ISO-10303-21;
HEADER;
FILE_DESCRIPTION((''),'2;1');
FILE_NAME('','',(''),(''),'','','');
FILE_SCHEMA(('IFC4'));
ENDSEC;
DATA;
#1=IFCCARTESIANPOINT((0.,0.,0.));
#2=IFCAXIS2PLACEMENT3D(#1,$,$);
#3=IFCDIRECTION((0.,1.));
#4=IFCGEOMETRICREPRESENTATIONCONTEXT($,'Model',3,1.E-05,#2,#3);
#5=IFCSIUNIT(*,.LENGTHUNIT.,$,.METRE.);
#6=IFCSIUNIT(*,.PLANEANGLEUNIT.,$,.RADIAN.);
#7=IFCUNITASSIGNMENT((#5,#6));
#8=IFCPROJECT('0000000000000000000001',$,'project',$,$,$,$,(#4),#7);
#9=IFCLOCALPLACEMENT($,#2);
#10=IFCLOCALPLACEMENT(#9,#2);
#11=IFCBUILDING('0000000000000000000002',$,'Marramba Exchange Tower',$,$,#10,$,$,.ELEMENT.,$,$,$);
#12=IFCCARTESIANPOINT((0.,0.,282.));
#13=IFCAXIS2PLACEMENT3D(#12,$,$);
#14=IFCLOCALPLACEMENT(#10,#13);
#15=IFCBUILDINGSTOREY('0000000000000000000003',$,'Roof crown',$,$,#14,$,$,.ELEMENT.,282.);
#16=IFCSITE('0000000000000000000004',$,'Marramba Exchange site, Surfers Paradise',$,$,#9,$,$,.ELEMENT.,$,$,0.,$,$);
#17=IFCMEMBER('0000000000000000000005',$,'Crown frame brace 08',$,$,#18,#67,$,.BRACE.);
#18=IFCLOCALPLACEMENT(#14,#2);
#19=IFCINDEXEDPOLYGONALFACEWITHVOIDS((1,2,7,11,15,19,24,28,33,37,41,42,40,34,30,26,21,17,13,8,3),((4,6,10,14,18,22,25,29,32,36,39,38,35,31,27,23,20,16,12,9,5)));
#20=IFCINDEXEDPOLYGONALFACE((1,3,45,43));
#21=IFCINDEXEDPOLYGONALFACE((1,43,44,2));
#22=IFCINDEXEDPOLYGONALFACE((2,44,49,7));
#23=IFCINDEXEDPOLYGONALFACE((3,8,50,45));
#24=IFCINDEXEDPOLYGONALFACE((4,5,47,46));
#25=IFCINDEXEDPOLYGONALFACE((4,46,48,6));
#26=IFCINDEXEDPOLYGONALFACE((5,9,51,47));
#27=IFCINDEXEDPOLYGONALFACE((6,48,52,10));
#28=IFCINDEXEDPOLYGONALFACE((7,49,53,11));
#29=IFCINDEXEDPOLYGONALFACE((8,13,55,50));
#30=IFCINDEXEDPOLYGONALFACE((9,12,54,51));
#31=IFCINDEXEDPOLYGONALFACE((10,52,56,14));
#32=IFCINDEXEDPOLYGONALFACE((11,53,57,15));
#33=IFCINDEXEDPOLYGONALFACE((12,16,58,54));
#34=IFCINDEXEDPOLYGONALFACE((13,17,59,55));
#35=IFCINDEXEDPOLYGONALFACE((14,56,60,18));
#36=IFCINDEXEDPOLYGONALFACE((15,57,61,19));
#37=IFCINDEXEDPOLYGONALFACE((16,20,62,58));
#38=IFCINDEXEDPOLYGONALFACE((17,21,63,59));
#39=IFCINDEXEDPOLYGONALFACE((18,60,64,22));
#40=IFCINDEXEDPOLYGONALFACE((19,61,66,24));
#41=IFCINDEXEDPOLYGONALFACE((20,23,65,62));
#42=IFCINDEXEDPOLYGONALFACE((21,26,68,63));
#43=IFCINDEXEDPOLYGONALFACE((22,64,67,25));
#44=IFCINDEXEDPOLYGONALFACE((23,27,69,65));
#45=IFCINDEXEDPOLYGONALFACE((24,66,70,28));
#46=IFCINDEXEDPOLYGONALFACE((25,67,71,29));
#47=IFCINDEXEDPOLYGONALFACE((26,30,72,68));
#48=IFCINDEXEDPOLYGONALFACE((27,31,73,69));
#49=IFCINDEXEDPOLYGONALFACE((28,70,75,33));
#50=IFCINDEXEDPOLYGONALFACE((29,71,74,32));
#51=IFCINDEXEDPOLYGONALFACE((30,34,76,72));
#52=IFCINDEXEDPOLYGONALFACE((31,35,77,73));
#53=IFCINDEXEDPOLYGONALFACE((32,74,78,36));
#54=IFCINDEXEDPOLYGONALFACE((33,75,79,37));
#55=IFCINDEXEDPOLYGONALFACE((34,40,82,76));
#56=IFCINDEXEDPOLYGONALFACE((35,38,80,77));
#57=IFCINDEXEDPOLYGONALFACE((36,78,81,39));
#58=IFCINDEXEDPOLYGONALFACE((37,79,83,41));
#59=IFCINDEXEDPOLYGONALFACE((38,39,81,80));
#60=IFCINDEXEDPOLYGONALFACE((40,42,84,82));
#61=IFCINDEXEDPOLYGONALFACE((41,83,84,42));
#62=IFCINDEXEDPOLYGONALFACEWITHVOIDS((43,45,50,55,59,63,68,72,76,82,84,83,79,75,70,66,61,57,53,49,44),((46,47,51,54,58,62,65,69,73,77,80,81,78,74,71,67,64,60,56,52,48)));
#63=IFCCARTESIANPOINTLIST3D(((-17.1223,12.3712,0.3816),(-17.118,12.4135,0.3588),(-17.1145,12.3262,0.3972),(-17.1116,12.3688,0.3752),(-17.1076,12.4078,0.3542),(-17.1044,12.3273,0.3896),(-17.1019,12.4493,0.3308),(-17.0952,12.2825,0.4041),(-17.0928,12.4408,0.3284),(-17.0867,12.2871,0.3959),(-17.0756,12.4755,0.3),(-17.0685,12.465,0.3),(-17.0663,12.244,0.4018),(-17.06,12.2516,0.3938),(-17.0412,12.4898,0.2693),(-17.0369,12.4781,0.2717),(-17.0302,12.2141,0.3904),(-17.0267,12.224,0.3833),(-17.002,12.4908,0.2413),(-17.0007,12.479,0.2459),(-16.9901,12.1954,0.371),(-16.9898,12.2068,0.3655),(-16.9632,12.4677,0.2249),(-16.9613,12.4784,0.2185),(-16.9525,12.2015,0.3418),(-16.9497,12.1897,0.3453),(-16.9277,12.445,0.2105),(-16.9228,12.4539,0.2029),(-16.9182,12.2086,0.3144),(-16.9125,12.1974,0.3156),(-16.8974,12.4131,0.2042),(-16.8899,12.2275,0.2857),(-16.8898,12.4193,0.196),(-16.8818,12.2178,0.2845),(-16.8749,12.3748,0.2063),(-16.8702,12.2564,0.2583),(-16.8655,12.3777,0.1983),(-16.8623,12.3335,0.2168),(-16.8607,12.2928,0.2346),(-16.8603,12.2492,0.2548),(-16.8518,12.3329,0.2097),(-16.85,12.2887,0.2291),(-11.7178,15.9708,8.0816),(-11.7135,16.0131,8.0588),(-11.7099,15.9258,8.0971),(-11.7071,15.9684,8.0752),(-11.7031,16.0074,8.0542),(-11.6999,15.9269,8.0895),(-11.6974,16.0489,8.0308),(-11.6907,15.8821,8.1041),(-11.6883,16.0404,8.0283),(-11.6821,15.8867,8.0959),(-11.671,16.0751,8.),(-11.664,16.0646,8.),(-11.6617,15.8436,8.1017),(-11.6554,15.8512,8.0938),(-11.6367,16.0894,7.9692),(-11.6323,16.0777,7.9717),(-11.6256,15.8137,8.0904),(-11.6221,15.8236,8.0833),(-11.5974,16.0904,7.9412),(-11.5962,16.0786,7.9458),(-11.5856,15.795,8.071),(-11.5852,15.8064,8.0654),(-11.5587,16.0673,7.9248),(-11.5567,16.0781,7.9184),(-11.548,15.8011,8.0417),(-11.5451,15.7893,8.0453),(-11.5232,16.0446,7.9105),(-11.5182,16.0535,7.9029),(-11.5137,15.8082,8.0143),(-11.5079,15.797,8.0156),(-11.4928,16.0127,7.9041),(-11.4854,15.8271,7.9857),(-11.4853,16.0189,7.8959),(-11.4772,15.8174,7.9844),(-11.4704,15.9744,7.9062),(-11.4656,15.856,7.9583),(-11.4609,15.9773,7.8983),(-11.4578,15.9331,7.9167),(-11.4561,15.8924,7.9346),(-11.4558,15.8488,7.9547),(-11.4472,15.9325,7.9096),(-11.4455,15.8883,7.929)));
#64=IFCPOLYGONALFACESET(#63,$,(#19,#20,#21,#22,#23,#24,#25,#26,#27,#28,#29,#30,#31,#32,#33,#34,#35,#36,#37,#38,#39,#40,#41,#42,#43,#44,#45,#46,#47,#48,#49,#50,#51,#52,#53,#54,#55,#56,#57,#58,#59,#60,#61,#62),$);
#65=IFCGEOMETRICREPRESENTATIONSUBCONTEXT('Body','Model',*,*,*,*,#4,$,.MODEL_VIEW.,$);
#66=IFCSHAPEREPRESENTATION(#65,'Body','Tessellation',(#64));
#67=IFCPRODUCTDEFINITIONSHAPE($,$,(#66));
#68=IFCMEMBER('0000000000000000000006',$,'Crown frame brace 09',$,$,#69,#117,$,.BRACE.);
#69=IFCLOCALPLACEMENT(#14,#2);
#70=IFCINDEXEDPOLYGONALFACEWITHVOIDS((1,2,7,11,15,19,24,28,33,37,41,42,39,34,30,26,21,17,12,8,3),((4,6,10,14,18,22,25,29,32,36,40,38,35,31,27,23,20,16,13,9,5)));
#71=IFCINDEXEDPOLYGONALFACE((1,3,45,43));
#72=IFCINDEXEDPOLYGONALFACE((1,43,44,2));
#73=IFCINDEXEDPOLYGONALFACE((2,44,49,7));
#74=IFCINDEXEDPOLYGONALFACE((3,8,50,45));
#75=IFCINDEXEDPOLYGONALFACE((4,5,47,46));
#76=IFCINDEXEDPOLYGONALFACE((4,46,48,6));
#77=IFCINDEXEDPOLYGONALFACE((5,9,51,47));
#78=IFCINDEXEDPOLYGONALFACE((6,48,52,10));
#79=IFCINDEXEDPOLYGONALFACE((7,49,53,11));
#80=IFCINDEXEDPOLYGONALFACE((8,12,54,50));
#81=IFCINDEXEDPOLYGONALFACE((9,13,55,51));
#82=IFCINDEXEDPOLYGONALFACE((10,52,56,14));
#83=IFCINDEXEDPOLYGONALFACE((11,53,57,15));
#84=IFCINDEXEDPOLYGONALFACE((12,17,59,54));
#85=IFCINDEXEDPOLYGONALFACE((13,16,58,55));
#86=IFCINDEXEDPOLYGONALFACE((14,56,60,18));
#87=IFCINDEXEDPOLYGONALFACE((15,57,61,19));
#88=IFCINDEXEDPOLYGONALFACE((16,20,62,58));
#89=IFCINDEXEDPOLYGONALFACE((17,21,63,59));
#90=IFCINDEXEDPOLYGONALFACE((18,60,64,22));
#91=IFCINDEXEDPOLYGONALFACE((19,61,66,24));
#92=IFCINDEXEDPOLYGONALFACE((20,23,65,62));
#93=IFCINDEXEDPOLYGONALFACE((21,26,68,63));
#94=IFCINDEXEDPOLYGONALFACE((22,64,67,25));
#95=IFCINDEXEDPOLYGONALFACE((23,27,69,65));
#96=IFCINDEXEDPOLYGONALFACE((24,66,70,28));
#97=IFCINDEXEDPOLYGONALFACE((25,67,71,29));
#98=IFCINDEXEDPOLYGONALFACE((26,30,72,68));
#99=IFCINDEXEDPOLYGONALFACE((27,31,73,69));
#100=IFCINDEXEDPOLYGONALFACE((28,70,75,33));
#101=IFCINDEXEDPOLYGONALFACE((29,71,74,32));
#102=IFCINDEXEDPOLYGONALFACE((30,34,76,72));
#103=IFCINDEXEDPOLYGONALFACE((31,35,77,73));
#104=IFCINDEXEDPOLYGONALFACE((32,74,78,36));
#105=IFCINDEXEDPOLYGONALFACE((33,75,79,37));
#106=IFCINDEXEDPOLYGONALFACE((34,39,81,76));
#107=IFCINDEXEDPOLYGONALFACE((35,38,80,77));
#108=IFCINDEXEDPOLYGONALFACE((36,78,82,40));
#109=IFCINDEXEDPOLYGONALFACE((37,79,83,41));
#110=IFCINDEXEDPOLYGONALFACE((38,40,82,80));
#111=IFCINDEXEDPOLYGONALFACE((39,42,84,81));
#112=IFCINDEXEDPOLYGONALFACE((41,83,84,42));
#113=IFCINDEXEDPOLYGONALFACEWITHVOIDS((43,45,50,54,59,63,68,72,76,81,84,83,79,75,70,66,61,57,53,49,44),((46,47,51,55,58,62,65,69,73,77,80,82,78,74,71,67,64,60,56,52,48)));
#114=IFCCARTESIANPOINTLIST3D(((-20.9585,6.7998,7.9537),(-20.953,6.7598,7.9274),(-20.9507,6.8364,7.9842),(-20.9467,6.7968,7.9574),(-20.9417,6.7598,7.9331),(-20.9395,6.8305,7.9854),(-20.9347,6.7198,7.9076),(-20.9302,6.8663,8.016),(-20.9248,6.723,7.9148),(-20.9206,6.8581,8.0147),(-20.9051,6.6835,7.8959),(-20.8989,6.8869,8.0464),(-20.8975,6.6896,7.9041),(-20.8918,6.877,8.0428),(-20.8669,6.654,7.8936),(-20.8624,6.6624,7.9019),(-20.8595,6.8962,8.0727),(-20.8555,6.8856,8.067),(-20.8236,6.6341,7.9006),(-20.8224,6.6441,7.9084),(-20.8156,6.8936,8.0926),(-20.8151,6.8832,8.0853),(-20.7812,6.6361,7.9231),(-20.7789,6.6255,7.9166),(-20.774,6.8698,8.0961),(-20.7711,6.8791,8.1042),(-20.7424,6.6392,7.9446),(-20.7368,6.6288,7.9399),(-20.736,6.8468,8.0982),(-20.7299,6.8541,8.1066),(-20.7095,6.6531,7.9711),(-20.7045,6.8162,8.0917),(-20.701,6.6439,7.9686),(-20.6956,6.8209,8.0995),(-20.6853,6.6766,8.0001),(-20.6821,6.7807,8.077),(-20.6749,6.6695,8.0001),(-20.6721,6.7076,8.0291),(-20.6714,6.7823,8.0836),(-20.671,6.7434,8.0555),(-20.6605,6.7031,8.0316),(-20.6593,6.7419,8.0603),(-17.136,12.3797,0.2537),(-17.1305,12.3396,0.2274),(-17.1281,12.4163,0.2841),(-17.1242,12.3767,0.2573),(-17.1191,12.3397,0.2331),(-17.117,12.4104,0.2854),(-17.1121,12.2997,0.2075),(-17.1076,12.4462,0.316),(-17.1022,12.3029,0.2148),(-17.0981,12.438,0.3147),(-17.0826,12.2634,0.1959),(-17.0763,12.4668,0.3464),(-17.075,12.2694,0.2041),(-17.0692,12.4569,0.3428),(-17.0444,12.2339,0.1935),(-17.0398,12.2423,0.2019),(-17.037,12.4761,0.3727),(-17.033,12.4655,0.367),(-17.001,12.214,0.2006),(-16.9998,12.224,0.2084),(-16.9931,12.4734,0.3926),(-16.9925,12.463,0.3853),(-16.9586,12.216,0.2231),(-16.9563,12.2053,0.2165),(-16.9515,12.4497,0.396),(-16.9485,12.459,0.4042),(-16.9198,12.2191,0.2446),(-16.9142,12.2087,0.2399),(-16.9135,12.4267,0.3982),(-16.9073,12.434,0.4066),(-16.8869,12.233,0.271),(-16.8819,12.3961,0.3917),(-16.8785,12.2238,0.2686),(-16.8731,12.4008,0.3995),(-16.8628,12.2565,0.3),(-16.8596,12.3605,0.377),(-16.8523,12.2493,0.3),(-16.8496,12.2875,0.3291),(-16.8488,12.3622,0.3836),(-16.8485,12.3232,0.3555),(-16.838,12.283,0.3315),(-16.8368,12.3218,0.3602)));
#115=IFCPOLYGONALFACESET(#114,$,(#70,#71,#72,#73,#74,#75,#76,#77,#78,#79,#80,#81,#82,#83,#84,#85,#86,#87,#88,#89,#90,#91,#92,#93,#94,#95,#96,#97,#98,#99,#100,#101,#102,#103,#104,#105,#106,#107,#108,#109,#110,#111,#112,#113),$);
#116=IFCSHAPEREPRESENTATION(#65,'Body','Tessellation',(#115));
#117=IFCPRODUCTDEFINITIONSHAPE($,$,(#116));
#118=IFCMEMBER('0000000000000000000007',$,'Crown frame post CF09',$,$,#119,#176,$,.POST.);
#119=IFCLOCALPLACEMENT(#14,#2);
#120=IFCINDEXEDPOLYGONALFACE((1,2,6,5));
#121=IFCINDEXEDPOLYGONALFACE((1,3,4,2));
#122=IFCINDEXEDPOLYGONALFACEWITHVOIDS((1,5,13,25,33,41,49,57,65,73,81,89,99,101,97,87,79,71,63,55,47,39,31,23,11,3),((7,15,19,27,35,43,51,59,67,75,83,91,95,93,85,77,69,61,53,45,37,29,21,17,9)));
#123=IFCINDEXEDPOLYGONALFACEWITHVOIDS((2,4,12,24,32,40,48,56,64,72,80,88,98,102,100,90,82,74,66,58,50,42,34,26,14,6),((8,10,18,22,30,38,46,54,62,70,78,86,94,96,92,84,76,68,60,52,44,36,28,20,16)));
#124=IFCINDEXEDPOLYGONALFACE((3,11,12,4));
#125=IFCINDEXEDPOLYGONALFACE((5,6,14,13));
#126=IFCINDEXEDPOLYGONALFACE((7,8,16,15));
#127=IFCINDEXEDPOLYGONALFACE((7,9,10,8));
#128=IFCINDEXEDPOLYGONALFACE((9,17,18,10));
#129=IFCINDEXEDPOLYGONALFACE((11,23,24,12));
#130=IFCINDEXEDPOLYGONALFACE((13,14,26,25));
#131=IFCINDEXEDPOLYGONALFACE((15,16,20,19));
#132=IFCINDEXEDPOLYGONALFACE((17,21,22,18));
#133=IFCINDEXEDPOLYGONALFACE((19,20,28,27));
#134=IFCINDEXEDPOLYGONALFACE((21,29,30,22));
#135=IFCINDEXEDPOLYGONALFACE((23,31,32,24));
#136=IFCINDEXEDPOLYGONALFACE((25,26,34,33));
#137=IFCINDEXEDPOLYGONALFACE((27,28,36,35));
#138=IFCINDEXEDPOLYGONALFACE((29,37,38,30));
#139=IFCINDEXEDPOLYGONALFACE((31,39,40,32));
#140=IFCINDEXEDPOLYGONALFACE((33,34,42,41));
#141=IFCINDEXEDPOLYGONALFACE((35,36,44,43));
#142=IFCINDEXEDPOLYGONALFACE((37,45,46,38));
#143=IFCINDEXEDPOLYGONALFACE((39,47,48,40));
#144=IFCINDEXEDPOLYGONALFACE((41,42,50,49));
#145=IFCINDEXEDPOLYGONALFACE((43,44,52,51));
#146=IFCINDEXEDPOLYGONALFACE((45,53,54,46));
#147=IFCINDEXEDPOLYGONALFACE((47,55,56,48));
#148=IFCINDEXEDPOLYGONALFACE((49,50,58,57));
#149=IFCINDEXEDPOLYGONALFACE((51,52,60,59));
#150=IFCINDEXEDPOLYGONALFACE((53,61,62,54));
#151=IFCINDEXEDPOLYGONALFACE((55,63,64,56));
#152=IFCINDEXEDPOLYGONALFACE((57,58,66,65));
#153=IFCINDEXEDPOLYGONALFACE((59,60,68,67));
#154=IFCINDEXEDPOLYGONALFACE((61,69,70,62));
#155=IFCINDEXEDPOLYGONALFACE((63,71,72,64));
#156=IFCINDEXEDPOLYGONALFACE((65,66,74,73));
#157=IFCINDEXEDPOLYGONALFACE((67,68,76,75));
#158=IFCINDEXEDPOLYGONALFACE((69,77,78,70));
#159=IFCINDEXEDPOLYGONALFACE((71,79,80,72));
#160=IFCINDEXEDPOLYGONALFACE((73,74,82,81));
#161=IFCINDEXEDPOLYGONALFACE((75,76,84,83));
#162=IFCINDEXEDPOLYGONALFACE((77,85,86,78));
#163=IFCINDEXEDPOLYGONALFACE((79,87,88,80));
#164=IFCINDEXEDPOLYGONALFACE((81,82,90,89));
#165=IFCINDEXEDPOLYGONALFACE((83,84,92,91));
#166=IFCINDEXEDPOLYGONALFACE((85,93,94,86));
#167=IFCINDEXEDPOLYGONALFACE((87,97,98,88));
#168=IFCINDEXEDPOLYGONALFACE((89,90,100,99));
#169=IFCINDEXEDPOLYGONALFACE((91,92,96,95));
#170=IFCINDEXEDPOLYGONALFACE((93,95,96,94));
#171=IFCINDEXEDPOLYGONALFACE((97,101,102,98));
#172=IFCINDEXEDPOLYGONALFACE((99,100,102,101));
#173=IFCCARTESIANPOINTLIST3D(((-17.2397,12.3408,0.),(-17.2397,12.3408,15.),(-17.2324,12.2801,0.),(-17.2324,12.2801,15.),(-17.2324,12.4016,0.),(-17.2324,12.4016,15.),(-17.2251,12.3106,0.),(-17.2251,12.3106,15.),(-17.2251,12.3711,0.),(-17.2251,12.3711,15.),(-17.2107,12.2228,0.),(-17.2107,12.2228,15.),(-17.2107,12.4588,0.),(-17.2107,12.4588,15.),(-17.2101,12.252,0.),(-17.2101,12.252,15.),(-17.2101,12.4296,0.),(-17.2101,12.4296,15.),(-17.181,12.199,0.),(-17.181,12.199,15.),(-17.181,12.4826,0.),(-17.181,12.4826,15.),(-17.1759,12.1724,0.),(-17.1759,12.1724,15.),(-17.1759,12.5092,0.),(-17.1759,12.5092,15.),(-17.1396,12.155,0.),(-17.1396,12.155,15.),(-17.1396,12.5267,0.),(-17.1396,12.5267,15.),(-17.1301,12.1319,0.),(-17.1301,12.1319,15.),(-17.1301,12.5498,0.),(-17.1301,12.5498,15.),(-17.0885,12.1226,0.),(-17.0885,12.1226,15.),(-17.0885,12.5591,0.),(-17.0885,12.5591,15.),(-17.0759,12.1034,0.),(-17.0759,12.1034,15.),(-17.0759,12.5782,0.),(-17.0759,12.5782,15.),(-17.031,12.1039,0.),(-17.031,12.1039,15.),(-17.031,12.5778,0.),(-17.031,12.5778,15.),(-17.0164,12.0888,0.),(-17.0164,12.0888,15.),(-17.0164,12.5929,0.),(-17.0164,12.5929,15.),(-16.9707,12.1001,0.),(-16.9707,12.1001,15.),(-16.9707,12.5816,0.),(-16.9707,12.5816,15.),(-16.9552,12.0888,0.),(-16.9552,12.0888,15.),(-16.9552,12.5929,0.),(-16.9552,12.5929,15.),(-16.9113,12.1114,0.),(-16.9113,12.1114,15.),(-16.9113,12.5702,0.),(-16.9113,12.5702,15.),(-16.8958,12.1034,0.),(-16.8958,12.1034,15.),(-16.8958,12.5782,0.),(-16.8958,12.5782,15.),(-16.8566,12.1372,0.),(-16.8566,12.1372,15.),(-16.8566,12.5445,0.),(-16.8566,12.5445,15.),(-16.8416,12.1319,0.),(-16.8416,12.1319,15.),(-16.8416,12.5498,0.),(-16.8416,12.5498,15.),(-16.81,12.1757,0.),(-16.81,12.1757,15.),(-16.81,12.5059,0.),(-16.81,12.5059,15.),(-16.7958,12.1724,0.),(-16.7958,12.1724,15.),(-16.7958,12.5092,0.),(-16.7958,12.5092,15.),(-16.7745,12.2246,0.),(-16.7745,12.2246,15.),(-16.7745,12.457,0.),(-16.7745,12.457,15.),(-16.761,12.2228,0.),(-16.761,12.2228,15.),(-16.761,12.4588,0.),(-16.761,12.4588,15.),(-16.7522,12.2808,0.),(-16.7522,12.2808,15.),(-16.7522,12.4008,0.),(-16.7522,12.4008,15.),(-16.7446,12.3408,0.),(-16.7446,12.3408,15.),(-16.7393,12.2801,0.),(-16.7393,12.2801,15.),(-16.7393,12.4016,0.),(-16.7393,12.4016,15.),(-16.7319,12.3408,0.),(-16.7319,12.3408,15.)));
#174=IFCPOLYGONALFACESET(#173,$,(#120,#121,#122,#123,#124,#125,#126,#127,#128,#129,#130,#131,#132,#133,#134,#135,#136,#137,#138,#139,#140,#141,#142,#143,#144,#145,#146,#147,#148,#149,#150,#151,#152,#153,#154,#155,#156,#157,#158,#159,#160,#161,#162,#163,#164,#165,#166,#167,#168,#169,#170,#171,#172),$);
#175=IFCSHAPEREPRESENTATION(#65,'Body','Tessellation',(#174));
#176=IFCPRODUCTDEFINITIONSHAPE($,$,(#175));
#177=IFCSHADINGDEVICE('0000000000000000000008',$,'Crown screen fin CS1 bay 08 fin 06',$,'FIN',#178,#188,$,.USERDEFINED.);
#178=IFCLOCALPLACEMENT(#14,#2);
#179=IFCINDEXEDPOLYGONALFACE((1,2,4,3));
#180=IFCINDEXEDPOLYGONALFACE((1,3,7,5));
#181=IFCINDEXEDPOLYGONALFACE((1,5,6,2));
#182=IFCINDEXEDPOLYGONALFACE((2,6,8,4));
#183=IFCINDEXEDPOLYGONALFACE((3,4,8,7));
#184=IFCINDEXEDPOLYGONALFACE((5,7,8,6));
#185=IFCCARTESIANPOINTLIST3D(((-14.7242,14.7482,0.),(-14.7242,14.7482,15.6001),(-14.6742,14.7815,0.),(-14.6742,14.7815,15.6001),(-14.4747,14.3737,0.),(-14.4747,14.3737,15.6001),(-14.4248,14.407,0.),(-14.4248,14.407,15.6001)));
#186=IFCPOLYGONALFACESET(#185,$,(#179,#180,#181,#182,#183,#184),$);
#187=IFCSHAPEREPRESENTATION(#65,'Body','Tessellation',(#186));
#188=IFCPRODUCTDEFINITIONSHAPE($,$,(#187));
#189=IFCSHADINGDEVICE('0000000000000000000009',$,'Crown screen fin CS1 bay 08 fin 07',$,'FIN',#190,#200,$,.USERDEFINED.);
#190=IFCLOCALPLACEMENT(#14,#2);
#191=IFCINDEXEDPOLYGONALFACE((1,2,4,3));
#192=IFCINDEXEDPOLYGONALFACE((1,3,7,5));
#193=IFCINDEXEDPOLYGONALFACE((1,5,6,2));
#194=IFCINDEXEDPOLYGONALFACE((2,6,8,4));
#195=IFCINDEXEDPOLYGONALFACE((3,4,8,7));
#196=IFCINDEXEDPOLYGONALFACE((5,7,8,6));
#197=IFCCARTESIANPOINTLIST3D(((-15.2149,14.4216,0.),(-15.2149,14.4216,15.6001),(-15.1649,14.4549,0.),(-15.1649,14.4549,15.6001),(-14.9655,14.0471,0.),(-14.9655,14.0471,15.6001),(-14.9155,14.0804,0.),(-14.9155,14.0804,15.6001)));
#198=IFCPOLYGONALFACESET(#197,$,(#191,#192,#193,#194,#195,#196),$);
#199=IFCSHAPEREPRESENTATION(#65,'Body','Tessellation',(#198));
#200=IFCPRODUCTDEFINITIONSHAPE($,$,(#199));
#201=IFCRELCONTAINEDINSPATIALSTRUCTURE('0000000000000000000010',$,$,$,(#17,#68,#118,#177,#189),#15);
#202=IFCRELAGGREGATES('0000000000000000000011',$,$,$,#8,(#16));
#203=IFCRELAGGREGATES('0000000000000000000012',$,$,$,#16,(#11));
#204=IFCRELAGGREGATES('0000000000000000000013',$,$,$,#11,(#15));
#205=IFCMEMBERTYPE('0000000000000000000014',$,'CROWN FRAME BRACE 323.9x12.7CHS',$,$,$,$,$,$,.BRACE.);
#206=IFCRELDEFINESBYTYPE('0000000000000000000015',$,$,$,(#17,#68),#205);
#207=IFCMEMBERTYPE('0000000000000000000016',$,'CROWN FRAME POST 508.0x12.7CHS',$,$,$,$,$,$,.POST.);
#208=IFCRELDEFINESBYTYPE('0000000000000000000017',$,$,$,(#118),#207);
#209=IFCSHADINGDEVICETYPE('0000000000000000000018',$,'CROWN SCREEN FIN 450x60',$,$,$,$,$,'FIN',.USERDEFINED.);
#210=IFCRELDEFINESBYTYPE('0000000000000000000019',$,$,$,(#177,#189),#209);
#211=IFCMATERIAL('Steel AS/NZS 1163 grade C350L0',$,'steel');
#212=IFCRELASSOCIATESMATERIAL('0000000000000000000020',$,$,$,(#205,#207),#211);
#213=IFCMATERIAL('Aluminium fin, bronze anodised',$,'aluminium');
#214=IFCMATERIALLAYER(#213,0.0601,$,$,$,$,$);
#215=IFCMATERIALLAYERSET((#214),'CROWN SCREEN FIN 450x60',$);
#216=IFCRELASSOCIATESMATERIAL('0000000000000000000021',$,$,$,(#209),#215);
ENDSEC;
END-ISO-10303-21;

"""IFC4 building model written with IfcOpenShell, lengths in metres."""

from ifc_helpers import new_model, si_unit, direction, frame, origin, origin_2d, place, context, subcontext, project, spatial, rectangle, hollow_circle, extrude, material, layer, layer_set, material_profile, profile_set, type_object, element, save


model = new_model("IFC4")

# Units and contexts
model_context = context("Model", 3, precision=1e-05, world=origin(), true_north=direction((0.0, 1.0)))
body_context = subcontext(model_context, "Body", "Model", "MODEL_VIEW")
ifc_project = project(units=[si_unit("LENGTHUNIT", "METRE"), si_unit("PLANEANGLEUNIT", "RADIAN")], contexts=[model_context])

# Site, building, storey
site_placement = place(None, origin())
site = spatial("IfcSite", under=ifc_project, at=site_placement, Name="Marramba Exchange site, Surfers Paradise", CompositionType="ELEMENT", RefElevation=0.0)
building_placement = place(site_placement, origin())
building = spatial("IfcBuilding", under=site, at=building_placement, Name="Marramba Exchange Tower", CompositionType="ELEMENT")
storey_placement = place(building_placement, frame((0.0, 0.0, 282.0)))
storey = spatial("IfcBuildingStorey", under=building, at=storey_placement, Name="Roof crown", CompositionType="ELEMENT", Elevation=282.0)

# Members
ifc_material_1 = material(Name="Steel AS/NZS 1163 grade C350L0", Category="steel")
ifc_material_profile_1 = material_profile(ifc_material_1, hollow_circle(Radius=0.1619, WallThickness=0.0127, at=origin_2d()), Name="323.9x12.7CHS")
ifc_profile_set_1 = profile_set([ifc_material_profile_1], Name="Steel AS/NZS 1163 grade C350L0")
member_type_1 = type_object("IfcMemberType", Name="CROWN FRAME BRACE 323.9x12.7CHS", PredefinedType="BRACE", material=ifc_profile_set_1)
member_1_placement = place(storey_placement, frame((-16.9858, 12.3408, 0.3), z_axis=(0.536563, 0.35737, 0.764452), x_axis=(-0.554336, 0.832293, 0.0)))
element("IfcMember", 1, at=member_1_placement, inside=storey, type_object=member_type_1, Name="Crown frame brace 08", PredefinedType="BRACE", context=body_context, shape_type="SweptSolid", body=[
    extrude(hollow_circle(Radius=0.1619, WallThickness=0.0127, at=origin_2d()), origin(), (0.0, 0.0, 1.0), 10.0725),
])
member_2_placement = place(storey_placement, frame((-16.9858, 12.3408, 0.3), z_axis=(-0.372976, -0.544444, 0.751312), x_axis=(0.824981, -0.56516, 0.0)))
element("IfcMember", 2, at=member_2_placement, inside=storey, type_object=member_type_1, Name="Crown frame brace 09", PredefinedType="BRACE", context=body_context, shape_type="SweptSolid", body=[
    extrude(hollow_circle(Radius=0.1619, WallThickness=0.0127, at=origin_2d()), origin(), (0.0, 0.0, 1.0), 10.2488),
])
ifc_material_profile_2 = material_profile(ifc_material_1, hollow_circle(Radius=0.2539, WallThickness=0.0127, at=origin_2d()), Name="508.0x12.7CHS")
ifc_profile_set_2 = profile_set([ifc_material_profile_2], Name="Steel AS/NZS 1163 grade C350L0")
member_type_2 = type_object("IfcMemberType", Name="CROWN FRAME POST 508.0x12.7CHS", PredefinedType="POST", material=ifc_profile_set_2)
member_3_placement = place(storey_placement, frame((-16.9858, 12.3408, 0.0), z_axis=(0.0, 0.0, 1.0), x_axis=(1.0, 0.0, 0.0)))
element("IfcMember", 3, at=member_3_placement, inside=storey, type_object=member_type_2, Name="Crown frame post CF09", PredefinedType="POST", context=body_context, shape_type="SweptSolid", body=[
    extrude(hollow_circle(Radius=0.2539, WallThickness=0.0127, at=origin_2d()), origin(), (0.0, 0.0, 1.0), 15.0),
])

# Shading devices
ifc_material_2 = material(Name="Aluminium fin, bronze anodised", Category="aluminium")
ifc_layer_1 = layer(ifc_material_2, 0.0601)
ifc_layer_set_1 = layer_set([ifc_layer_1], Name="CROWN SCREEN FIN 450x60")
shading_device_type = type_object("IfcShadingDeviceType", Name="CROWN SCREEN FIN 450x60", ElementType="FIN", PredefinedType="USERDEFINED", material=ifc_layer_set_1)
for number, where, z_axis, x_axis, name in (
    (4, (-14.5745, 14.5776, 0.0), (0.0, 0.0, 1.0), (-0.554342, 0.832289, 0.0), "Crown screen fin CS1 bay 08 fin 06"),
    (5, (-15.0652, 14.251, 0.0), (0.0, 0.0, 1.0), (-0.554342, 0.832289, 0.0), "Crown screen fin CS1 bay 08 fin 07"),
):
    element("IfcShadingDevice", number, at=place(storey_placement, frame(where, z_axis=z_axis, x_axis=x_axis)), inside=storey, type_object=shading_device_type, Name=name, ObjectType="FIN", PredefinedType="USERDEFINED", context=body_context, shape_type="SweptSolid", body=[
        extrude(rectangle(XDim=0.45, YDim=0.0601, at=origin_2d()), origin(), (0.0, 0.0, 1.0), 15.6001),
    ])

save(model, "model.ifc")
